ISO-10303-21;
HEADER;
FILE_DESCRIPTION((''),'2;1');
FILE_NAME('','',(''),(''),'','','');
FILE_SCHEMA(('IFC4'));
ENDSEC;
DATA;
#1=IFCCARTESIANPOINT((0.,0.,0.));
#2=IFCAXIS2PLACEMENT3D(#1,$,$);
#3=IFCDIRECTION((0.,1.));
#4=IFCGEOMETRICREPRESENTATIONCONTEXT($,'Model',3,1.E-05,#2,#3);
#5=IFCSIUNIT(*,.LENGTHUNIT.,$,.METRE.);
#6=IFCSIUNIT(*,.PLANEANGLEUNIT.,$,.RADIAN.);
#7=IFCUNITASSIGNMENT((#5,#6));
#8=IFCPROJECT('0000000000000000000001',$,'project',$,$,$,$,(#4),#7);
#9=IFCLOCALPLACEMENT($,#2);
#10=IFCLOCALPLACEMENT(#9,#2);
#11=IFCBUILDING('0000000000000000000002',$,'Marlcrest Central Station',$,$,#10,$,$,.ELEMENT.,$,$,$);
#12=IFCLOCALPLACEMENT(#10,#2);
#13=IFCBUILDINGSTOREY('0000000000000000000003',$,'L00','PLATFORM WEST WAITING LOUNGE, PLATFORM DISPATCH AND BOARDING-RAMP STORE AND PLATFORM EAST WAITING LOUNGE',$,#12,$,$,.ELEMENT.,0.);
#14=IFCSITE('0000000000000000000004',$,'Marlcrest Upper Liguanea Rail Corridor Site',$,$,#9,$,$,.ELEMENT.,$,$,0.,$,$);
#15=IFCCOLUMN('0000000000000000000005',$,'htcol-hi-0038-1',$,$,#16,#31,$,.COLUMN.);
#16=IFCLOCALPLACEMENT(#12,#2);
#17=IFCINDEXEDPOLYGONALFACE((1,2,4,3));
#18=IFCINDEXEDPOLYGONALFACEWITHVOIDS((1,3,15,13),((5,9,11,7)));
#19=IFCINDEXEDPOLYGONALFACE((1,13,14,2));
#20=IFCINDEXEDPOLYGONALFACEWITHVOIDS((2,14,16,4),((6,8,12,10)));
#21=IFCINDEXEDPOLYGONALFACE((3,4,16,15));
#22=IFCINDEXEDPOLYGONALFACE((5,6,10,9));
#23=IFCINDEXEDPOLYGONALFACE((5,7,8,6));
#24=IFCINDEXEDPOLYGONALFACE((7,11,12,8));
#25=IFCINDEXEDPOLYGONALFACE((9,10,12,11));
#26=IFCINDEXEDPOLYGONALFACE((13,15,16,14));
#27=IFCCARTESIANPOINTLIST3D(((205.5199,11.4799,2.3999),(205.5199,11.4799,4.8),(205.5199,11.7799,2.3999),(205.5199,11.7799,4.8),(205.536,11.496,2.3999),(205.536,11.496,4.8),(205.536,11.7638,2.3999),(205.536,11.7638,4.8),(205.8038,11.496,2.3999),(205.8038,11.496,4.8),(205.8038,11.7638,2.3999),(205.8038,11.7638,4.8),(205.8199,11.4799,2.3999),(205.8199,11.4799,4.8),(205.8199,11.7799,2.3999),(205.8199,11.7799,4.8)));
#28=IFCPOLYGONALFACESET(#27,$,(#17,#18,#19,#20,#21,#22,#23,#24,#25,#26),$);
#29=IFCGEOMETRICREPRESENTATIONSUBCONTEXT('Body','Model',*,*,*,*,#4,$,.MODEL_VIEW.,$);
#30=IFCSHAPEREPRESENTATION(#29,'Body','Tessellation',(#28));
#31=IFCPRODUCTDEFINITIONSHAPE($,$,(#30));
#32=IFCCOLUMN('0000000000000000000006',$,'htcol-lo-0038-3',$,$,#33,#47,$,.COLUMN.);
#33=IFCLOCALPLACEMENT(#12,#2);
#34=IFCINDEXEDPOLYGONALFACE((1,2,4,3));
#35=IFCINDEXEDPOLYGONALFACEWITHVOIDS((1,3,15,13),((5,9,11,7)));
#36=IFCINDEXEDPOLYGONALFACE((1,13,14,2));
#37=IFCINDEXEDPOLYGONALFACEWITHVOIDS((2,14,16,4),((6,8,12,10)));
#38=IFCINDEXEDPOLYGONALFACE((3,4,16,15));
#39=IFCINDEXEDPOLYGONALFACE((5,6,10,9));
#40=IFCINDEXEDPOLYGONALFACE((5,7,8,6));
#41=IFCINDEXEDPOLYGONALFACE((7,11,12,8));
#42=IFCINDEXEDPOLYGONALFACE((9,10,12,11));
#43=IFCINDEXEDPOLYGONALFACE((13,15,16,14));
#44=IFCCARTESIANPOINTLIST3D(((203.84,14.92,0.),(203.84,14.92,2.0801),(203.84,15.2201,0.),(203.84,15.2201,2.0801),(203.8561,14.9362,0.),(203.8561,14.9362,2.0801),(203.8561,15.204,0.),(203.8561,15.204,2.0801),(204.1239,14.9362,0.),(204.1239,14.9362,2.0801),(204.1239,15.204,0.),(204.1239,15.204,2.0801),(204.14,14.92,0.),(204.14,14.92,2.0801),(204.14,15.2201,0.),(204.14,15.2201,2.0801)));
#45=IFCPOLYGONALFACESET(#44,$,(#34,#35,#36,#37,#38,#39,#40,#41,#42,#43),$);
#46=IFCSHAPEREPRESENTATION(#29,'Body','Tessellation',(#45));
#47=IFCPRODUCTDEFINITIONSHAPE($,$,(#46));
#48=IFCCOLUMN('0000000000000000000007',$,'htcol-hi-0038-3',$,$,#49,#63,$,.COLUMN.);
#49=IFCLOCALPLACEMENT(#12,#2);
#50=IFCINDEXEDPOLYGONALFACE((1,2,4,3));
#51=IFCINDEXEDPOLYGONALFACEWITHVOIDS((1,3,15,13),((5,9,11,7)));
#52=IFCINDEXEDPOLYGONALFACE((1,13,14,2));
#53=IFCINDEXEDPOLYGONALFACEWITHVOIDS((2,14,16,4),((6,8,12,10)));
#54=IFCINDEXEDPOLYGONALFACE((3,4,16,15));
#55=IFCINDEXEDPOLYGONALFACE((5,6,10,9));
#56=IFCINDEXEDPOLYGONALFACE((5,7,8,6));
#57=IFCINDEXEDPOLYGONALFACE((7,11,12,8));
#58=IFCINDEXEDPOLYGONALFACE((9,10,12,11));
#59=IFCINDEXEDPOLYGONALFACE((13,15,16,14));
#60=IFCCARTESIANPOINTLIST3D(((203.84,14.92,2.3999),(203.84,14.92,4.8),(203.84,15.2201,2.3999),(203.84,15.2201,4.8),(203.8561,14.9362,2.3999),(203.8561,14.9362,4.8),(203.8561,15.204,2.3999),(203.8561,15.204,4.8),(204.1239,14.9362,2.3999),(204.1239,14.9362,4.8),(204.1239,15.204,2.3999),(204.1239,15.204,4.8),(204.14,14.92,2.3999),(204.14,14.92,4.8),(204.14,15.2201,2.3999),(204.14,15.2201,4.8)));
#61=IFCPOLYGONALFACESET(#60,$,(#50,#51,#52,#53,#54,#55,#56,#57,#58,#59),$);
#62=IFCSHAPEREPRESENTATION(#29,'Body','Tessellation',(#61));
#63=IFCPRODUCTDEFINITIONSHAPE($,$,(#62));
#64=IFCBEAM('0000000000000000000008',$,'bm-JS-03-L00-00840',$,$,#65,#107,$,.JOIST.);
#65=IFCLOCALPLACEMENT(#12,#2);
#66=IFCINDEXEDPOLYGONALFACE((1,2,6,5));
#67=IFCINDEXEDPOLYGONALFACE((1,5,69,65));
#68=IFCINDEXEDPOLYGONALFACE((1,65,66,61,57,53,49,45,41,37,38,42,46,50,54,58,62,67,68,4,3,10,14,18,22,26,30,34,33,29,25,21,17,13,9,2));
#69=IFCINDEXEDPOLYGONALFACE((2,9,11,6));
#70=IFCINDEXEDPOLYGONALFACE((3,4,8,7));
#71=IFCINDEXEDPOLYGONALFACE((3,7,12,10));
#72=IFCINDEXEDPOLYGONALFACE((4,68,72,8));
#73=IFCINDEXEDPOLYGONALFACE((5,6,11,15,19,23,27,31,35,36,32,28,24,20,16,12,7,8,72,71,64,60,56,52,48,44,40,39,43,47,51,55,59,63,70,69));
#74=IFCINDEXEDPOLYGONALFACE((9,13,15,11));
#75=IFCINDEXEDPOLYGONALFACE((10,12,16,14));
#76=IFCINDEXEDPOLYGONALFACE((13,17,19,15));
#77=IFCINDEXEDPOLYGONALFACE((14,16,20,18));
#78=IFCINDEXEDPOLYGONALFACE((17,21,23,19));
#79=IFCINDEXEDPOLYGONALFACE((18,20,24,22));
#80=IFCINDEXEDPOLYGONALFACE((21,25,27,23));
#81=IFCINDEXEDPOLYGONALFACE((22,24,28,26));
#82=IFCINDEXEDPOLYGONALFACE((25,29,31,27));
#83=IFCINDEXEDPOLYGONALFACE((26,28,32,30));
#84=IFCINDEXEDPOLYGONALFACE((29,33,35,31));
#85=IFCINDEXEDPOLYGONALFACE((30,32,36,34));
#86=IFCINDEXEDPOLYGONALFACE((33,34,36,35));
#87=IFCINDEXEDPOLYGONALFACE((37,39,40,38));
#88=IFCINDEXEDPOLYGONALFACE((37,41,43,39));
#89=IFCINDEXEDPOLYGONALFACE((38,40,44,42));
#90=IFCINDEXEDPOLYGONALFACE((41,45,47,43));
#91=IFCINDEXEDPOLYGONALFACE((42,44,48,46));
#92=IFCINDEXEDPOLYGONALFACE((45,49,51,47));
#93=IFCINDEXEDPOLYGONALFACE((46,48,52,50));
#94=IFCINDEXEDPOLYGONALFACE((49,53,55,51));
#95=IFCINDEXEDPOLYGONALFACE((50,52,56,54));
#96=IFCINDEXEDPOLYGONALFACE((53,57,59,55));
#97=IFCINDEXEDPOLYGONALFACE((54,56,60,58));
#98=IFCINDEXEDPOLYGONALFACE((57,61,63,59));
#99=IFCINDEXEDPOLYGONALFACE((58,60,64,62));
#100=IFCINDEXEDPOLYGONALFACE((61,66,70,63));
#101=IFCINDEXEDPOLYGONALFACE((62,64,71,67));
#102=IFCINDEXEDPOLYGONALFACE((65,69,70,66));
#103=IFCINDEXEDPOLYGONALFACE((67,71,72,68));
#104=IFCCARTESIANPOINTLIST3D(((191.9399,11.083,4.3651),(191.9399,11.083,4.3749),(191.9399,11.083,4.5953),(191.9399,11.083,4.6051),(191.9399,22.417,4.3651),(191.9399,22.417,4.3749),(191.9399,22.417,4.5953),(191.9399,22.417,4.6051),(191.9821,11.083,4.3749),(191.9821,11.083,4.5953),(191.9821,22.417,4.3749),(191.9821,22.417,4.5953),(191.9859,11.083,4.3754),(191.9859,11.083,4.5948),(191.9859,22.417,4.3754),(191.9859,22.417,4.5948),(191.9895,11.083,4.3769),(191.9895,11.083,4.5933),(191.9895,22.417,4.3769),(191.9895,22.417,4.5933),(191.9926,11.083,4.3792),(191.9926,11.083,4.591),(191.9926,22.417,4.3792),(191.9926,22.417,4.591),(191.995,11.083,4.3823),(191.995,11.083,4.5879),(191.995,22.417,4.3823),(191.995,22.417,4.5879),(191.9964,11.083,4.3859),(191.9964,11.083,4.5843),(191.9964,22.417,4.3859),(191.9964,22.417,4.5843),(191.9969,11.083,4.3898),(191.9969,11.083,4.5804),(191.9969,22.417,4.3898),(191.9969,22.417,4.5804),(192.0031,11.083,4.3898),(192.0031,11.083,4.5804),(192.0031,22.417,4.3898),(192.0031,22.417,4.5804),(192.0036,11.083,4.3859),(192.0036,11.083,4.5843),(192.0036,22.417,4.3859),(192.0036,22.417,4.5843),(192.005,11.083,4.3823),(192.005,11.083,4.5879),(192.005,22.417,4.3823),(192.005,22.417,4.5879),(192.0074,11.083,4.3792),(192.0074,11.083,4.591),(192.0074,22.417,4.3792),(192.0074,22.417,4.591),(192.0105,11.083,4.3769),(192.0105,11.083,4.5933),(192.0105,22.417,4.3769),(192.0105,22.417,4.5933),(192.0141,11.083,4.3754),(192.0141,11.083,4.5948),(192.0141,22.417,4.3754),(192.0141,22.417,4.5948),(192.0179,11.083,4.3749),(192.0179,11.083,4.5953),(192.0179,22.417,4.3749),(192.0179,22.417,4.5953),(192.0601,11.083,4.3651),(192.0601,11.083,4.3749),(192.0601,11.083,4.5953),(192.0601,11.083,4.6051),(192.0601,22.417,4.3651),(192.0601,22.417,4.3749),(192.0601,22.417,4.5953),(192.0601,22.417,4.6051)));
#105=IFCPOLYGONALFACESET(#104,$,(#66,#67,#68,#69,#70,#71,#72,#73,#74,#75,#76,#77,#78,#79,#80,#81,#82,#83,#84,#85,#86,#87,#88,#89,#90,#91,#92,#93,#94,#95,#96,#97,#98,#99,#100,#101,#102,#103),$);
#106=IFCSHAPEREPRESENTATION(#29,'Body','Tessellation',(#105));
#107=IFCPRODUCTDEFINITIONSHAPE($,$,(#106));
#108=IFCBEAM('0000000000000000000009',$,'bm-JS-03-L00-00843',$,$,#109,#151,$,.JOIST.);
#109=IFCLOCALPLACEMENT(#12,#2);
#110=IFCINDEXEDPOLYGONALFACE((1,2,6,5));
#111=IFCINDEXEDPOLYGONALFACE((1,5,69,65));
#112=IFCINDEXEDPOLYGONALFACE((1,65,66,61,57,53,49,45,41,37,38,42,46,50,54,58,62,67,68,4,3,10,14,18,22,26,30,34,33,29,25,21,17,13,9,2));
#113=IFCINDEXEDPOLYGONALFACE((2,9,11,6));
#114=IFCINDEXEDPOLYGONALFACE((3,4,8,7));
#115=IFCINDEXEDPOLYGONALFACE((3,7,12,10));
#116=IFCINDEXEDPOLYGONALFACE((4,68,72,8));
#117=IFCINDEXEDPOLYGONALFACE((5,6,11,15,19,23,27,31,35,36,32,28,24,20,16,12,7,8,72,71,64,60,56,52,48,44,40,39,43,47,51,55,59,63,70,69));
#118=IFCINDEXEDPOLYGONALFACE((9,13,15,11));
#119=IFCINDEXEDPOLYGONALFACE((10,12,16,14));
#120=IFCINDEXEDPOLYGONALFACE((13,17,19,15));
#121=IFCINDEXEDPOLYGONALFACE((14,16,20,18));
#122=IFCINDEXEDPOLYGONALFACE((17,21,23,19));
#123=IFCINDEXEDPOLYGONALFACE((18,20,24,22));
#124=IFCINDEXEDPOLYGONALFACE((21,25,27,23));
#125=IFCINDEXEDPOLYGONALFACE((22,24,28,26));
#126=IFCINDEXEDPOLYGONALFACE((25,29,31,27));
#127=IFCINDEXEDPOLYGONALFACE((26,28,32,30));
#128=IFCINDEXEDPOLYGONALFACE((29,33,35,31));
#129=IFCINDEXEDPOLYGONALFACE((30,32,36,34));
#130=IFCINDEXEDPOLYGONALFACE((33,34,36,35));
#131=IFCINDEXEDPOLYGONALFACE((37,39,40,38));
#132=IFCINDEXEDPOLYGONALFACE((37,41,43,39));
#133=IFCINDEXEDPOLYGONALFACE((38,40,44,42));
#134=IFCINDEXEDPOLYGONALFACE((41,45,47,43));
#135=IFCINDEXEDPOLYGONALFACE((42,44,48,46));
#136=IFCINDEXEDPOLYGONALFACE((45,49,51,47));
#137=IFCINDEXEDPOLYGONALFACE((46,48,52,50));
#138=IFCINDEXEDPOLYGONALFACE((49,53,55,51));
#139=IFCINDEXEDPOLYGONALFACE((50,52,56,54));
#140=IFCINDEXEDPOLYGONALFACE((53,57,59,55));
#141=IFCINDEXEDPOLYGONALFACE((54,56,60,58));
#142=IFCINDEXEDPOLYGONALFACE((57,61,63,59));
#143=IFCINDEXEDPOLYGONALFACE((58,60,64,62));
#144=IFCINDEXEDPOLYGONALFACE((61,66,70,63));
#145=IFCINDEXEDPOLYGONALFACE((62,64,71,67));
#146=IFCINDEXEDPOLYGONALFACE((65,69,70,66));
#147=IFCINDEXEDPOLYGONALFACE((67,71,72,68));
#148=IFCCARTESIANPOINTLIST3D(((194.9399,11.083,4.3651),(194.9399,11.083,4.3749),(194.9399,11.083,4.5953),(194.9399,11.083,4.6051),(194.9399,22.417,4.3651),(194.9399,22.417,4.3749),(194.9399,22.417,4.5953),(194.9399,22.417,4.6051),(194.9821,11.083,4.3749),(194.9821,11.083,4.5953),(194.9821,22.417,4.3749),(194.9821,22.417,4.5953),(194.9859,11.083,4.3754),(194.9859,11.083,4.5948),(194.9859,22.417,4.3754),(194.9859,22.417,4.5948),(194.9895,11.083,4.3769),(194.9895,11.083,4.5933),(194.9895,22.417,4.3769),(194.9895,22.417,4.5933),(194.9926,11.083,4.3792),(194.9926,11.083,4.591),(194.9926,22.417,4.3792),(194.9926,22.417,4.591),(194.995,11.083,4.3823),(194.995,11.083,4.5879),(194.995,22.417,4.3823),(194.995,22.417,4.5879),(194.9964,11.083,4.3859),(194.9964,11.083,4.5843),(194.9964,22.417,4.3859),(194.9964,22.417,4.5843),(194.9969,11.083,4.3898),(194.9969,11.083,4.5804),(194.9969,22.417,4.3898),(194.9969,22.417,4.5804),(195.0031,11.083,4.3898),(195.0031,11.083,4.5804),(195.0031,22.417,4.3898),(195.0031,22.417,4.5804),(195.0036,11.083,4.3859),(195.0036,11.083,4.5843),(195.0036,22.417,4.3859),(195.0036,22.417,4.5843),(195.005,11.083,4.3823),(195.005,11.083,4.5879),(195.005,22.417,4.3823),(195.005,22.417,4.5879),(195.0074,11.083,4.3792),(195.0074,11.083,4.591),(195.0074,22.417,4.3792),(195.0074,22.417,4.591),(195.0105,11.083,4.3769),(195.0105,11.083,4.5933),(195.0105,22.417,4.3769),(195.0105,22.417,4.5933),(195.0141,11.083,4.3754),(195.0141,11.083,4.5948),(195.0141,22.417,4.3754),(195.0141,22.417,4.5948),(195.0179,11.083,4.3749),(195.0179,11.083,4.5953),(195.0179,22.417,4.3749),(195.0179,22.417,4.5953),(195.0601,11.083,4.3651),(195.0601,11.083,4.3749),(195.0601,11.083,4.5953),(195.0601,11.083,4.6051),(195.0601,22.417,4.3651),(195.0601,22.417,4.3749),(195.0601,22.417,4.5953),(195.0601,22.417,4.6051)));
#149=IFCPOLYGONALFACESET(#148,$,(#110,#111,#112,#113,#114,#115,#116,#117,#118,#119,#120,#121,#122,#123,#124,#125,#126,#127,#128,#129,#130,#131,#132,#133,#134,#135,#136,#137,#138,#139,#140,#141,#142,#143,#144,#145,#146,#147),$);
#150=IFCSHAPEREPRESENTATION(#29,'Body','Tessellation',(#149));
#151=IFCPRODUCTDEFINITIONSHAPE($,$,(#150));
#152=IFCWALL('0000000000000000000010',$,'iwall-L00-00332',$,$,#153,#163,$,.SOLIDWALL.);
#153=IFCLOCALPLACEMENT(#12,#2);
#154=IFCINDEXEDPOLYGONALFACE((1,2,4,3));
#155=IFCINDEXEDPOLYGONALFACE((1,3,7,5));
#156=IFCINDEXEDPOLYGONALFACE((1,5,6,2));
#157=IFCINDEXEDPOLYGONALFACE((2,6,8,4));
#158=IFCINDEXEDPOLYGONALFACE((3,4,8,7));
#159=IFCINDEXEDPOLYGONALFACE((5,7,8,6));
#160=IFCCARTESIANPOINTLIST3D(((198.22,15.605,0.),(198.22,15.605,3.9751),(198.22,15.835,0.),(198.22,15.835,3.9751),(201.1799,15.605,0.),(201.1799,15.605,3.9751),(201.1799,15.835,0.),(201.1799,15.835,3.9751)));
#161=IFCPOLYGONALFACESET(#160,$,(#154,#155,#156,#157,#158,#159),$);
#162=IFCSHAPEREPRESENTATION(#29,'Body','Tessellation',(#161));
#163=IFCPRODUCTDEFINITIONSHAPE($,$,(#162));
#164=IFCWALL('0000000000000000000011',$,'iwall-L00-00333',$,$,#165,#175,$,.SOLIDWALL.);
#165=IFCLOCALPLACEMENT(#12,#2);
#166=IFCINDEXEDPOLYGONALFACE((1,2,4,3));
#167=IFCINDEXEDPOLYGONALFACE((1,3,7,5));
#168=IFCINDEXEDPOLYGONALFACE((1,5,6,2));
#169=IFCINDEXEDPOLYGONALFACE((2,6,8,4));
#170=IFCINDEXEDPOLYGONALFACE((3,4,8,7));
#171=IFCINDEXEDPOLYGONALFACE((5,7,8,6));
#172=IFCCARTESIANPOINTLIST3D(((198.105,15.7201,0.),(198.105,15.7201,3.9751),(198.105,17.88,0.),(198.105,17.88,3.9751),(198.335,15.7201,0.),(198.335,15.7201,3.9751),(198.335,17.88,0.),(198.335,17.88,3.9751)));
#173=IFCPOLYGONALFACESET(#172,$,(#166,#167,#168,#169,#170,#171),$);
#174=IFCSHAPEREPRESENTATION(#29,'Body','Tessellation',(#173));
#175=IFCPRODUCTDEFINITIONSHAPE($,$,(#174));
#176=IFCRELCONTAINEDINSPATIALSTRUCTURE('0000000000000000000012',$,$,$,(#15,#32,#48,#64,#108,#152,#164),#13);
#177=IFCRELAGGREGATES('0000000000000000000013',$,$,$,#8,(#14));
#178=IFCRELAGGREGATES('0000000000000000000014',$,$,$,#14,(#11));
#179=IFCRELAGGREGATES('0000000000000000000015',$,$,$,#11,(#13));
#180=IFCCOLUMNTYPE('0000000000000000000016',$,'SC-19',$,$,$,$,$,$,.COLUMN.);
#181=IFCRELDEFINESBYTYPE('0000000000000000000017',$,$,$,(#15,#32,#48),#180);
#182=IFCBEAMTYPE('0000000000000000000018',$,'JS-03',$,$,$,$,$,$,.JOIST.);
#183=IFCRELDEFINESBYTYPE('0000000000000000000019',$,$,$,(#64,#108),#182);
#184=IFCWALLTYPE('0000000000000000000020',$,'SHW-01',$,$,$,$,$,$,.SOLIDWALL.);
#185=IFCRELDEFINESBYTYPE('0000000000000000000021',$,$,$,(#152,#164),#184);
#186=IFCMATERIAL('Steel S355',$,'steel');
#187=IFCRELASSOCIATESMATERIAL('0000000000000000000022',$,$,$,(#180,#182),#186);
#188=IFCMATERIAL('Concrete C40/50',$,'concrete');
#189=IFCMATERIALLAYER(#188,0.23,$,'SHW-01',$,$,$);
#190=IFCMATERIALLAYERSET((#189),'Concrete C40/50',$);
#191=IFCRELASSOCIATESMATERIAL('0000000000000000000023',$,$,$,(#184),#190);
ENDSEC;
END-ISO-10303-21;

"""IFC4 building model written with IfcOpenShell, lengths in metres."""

from ifc_helpers import new_model, si_unit, direction, frame, frame_2d, origin, origin_2d, place, context, subcontext, project, spatial, rectangle, hollow_rectangle, i_section, extrude, material, layer, layer_set, material_profile, profile_set, type_object, element, save


model = new_model("IFC4")

# Units and contexts
model_context = context("Model", 3, precision=1e-05, world=origin(), true_north=direction((0.0, 1.0)))
body_context = subcontext(model_context, "Body", "Model", "MODEL_VIEW")
ifc_project = project(units=[si_unit("LENGTHUNIT", "METRE"), si_unit("PLANEANGLEUNIT", "RADIAN")], contexts=[model_context])

# Site, building, storey
site_placement = place(None, origin())
site = spatial("IfcSite", under=ifc_project, at=site_placement, Name="Marlcrest Upper Liguanea Rail Corridor Site", CompositionType="ELEMENT", RefElevation=0.0)
building_placement = place(site_placement, origin())
building = spatial("IfcBuilding", under=site, at=building_placement, Name="Marlcrest Central Station", CompositionType="ELEMENT")
storey_placement = place(building_placement, origin())
storey = spatial("IfcBuildingStorey", under=building, at=storey_placement, Name="L00", Description="PLATFORM WEST WAITING LOUNGE, PLATFORM DISPATCH AND BOARDING-RAMP STORE AND PLATFORM EAST WAITING LOUNGE", CompositionType="ELEMENT", Elevation=0.0)

# Shared definitions
ifc_material_1 = material(Name="Concrete C40/50", Category="concrete")

# Columns
ifc_material_2 = material(Name="Steel S355", Category="steel")
ifc_material_profile_1 = material_profile(ifc_material_2, hollow_rectangle(XDim=0.3, YDim=0.3, WallThickness=0.0161, at=origin_2d()), Name="SHS 300x300x16")
ifc_profile_set_1 = profile_set([ifc_material_profile_1], Name="Steel S355")
column_type = type_object("IfcColumnType", Name="SC-19", PredefinedType="COLUMN", material=ifc_profile_set_1)
column_1_placement = place(storey_placement, frame((205.6699, 11.6299, 2.3999), z_axis=(0.0, 0.0, 1.0), x_axis=(1.0, 0.0, 0.0)))
element("IfcColumn", 1, at=column_1_placement, inside=storey, type_object=column_type, Name="htcol-hi-0038-1", PredefinedType="COLUMN", context=body_context, shape_type="SweptSolid", body=[
    extrude(hollow_rectangle(XDim=0.3, YDim=0.3, WallThickness=0.0161, at=origin_2d()), origin(), (0.0, 0.0, 1.0), 2.4001),
])
column_2_placement = place(storey_placement, frame((203.99, 15.0701, 0.0), z_axis=(0.0, 0.0, 1.0), x_axis=(1.0, 0.0, 0.0)))
element("IfcColumn", 2, at=column_2_placement, inside=storey, type_object=column_type, Name="htcol-lo-0038-3", PredefinedType="COLUMN", context=body_context, shape_type="SweptSolid", body=[
    extrude(hollow_rectangle(XDim=0.3, YDim=0.3, WallThickness=0.0161, at=origin_2d()), origin(), (0.0, 0.0, 1.0), 2.0801),
])
column_3_placement = place(storey_placement, frame((203.99, 15.0701, 2.3999), z_axis=(0.0, 0.0, 1.0), x_axis=(1.0, 0.0, 0.0)))
element("IfcColumn", 3, at=column_3_placement, inside=storey, type_object=column_type, Name="htcol-hi-0038-3", PredefinedType="COLUMN", context=body_context, shape_type="SweptSolid", body=[
    extrude(hollow_rectangle(XDim=0.3, YDim=0.3, WallThickness=0.0161, at=origin_2d()), origin(), (0.0, 0.0, 1.0), 2.4001),
])

# Beams
ifc_material_profile_2 = material_profile(ifc_material_2, i_section(OverallWidth=0.1201, OverallDepth=0.24, WebThickness=0.0061, FlangeThickness=0.0098, FilletRadius=0.0149, at=origin_2d()), Name="IPE 240")
ifc_profile_set_2 = profile_set([ifc_material_profile_2], Name="Steel S355")
beam_type = type_object("IfcBeamType", Name="JS-03", PredefinedType="JOIST", material=ifc_profile_set_2)
for number, where, z_axis, x_axis, name in (
    (4, (192.0, 11.083, 4.4851), (0.0, 1.0, 0.0), (-1.0, 0.0, 0.0), "bm-JS-03-L00-00840"),
    (5, (195.0, 11.083, 4.4851), (0.0, 1.0, 0.0), (-1.0, 0.0, 0.0), "bm-JS-03-L00-00843"),
):
    element("IfcBeam", number, at=place(storey_placement, frame(where, z_axis=z_axis, x_axis=x_axis)), inside=storey, type_object=beam_type, Name=name, PredefinedType="JOIST", context=body_context, shape_type="SweptSolid", body=[
        extrude(i_section(OverallWidth=0.1201, OverallDepth=0.24, WebThickness=0.0061, FlangeThickness=0.0098, FilletRadius=0.0149, at=origin_2d()), origin(), (0.0, 0.0, 1.0), 11.334),
    ])

# Walls
ifc_layer_1 = layer(ifc_material_1, 0.23, Name="SHW-01")
ifc_layer_set_1 = layer_set([ifc_layer_1], Name="Concrete C40/50")
wall_type_1 = type_object("IfcWallType", Name="SHW-01", PredefinedType="SOLIDWALL", material=ifc_layer_set_1)
wall_1_placement = place(storey_placement, frame((201.1799, 15.72, 0.0), z_axis=(0.0, 0.0, 1.0), x_axis=(-1.0, 0.0, 0.0)))
element("IfcWall", 6, at=wall_1_placement, inside=storey, type_object=wall_type_1, Name="iwall-L00-00332", PredefinedType="SOLIDWALL", context=body_context, shape_type="SweptSolid", body=[
    extrude(rectangle(XDim=2.96, YDim=0.23, at=frame_2d((1.48, 0.0))), origin(), (0.0, 0.0, 1.0), 3.9751),
])
wall_2_placement = place(storey_placement, frame((198.22, 15.72, 0.0), z_axis=(0.0, 0.0, 1.0), x_axis=(0.0, 1.0, 0.0)))
element("IfcWall", 7, at=wall_2_placement, inside=storey, type_object=wall_type_1, Name="iwall-L00-00333", PredefinedType="SOLIDWALL", context=body_context, shape_type="SweptSolid", body=[
    extrude(rectangle(XDim=2.1599, YDim=0.23, at=frame_2d((1.0801, 0.0))), origin(), (0.0, 0.0, 1.0), 3.9751),
])

save(model, "model.ifc")
